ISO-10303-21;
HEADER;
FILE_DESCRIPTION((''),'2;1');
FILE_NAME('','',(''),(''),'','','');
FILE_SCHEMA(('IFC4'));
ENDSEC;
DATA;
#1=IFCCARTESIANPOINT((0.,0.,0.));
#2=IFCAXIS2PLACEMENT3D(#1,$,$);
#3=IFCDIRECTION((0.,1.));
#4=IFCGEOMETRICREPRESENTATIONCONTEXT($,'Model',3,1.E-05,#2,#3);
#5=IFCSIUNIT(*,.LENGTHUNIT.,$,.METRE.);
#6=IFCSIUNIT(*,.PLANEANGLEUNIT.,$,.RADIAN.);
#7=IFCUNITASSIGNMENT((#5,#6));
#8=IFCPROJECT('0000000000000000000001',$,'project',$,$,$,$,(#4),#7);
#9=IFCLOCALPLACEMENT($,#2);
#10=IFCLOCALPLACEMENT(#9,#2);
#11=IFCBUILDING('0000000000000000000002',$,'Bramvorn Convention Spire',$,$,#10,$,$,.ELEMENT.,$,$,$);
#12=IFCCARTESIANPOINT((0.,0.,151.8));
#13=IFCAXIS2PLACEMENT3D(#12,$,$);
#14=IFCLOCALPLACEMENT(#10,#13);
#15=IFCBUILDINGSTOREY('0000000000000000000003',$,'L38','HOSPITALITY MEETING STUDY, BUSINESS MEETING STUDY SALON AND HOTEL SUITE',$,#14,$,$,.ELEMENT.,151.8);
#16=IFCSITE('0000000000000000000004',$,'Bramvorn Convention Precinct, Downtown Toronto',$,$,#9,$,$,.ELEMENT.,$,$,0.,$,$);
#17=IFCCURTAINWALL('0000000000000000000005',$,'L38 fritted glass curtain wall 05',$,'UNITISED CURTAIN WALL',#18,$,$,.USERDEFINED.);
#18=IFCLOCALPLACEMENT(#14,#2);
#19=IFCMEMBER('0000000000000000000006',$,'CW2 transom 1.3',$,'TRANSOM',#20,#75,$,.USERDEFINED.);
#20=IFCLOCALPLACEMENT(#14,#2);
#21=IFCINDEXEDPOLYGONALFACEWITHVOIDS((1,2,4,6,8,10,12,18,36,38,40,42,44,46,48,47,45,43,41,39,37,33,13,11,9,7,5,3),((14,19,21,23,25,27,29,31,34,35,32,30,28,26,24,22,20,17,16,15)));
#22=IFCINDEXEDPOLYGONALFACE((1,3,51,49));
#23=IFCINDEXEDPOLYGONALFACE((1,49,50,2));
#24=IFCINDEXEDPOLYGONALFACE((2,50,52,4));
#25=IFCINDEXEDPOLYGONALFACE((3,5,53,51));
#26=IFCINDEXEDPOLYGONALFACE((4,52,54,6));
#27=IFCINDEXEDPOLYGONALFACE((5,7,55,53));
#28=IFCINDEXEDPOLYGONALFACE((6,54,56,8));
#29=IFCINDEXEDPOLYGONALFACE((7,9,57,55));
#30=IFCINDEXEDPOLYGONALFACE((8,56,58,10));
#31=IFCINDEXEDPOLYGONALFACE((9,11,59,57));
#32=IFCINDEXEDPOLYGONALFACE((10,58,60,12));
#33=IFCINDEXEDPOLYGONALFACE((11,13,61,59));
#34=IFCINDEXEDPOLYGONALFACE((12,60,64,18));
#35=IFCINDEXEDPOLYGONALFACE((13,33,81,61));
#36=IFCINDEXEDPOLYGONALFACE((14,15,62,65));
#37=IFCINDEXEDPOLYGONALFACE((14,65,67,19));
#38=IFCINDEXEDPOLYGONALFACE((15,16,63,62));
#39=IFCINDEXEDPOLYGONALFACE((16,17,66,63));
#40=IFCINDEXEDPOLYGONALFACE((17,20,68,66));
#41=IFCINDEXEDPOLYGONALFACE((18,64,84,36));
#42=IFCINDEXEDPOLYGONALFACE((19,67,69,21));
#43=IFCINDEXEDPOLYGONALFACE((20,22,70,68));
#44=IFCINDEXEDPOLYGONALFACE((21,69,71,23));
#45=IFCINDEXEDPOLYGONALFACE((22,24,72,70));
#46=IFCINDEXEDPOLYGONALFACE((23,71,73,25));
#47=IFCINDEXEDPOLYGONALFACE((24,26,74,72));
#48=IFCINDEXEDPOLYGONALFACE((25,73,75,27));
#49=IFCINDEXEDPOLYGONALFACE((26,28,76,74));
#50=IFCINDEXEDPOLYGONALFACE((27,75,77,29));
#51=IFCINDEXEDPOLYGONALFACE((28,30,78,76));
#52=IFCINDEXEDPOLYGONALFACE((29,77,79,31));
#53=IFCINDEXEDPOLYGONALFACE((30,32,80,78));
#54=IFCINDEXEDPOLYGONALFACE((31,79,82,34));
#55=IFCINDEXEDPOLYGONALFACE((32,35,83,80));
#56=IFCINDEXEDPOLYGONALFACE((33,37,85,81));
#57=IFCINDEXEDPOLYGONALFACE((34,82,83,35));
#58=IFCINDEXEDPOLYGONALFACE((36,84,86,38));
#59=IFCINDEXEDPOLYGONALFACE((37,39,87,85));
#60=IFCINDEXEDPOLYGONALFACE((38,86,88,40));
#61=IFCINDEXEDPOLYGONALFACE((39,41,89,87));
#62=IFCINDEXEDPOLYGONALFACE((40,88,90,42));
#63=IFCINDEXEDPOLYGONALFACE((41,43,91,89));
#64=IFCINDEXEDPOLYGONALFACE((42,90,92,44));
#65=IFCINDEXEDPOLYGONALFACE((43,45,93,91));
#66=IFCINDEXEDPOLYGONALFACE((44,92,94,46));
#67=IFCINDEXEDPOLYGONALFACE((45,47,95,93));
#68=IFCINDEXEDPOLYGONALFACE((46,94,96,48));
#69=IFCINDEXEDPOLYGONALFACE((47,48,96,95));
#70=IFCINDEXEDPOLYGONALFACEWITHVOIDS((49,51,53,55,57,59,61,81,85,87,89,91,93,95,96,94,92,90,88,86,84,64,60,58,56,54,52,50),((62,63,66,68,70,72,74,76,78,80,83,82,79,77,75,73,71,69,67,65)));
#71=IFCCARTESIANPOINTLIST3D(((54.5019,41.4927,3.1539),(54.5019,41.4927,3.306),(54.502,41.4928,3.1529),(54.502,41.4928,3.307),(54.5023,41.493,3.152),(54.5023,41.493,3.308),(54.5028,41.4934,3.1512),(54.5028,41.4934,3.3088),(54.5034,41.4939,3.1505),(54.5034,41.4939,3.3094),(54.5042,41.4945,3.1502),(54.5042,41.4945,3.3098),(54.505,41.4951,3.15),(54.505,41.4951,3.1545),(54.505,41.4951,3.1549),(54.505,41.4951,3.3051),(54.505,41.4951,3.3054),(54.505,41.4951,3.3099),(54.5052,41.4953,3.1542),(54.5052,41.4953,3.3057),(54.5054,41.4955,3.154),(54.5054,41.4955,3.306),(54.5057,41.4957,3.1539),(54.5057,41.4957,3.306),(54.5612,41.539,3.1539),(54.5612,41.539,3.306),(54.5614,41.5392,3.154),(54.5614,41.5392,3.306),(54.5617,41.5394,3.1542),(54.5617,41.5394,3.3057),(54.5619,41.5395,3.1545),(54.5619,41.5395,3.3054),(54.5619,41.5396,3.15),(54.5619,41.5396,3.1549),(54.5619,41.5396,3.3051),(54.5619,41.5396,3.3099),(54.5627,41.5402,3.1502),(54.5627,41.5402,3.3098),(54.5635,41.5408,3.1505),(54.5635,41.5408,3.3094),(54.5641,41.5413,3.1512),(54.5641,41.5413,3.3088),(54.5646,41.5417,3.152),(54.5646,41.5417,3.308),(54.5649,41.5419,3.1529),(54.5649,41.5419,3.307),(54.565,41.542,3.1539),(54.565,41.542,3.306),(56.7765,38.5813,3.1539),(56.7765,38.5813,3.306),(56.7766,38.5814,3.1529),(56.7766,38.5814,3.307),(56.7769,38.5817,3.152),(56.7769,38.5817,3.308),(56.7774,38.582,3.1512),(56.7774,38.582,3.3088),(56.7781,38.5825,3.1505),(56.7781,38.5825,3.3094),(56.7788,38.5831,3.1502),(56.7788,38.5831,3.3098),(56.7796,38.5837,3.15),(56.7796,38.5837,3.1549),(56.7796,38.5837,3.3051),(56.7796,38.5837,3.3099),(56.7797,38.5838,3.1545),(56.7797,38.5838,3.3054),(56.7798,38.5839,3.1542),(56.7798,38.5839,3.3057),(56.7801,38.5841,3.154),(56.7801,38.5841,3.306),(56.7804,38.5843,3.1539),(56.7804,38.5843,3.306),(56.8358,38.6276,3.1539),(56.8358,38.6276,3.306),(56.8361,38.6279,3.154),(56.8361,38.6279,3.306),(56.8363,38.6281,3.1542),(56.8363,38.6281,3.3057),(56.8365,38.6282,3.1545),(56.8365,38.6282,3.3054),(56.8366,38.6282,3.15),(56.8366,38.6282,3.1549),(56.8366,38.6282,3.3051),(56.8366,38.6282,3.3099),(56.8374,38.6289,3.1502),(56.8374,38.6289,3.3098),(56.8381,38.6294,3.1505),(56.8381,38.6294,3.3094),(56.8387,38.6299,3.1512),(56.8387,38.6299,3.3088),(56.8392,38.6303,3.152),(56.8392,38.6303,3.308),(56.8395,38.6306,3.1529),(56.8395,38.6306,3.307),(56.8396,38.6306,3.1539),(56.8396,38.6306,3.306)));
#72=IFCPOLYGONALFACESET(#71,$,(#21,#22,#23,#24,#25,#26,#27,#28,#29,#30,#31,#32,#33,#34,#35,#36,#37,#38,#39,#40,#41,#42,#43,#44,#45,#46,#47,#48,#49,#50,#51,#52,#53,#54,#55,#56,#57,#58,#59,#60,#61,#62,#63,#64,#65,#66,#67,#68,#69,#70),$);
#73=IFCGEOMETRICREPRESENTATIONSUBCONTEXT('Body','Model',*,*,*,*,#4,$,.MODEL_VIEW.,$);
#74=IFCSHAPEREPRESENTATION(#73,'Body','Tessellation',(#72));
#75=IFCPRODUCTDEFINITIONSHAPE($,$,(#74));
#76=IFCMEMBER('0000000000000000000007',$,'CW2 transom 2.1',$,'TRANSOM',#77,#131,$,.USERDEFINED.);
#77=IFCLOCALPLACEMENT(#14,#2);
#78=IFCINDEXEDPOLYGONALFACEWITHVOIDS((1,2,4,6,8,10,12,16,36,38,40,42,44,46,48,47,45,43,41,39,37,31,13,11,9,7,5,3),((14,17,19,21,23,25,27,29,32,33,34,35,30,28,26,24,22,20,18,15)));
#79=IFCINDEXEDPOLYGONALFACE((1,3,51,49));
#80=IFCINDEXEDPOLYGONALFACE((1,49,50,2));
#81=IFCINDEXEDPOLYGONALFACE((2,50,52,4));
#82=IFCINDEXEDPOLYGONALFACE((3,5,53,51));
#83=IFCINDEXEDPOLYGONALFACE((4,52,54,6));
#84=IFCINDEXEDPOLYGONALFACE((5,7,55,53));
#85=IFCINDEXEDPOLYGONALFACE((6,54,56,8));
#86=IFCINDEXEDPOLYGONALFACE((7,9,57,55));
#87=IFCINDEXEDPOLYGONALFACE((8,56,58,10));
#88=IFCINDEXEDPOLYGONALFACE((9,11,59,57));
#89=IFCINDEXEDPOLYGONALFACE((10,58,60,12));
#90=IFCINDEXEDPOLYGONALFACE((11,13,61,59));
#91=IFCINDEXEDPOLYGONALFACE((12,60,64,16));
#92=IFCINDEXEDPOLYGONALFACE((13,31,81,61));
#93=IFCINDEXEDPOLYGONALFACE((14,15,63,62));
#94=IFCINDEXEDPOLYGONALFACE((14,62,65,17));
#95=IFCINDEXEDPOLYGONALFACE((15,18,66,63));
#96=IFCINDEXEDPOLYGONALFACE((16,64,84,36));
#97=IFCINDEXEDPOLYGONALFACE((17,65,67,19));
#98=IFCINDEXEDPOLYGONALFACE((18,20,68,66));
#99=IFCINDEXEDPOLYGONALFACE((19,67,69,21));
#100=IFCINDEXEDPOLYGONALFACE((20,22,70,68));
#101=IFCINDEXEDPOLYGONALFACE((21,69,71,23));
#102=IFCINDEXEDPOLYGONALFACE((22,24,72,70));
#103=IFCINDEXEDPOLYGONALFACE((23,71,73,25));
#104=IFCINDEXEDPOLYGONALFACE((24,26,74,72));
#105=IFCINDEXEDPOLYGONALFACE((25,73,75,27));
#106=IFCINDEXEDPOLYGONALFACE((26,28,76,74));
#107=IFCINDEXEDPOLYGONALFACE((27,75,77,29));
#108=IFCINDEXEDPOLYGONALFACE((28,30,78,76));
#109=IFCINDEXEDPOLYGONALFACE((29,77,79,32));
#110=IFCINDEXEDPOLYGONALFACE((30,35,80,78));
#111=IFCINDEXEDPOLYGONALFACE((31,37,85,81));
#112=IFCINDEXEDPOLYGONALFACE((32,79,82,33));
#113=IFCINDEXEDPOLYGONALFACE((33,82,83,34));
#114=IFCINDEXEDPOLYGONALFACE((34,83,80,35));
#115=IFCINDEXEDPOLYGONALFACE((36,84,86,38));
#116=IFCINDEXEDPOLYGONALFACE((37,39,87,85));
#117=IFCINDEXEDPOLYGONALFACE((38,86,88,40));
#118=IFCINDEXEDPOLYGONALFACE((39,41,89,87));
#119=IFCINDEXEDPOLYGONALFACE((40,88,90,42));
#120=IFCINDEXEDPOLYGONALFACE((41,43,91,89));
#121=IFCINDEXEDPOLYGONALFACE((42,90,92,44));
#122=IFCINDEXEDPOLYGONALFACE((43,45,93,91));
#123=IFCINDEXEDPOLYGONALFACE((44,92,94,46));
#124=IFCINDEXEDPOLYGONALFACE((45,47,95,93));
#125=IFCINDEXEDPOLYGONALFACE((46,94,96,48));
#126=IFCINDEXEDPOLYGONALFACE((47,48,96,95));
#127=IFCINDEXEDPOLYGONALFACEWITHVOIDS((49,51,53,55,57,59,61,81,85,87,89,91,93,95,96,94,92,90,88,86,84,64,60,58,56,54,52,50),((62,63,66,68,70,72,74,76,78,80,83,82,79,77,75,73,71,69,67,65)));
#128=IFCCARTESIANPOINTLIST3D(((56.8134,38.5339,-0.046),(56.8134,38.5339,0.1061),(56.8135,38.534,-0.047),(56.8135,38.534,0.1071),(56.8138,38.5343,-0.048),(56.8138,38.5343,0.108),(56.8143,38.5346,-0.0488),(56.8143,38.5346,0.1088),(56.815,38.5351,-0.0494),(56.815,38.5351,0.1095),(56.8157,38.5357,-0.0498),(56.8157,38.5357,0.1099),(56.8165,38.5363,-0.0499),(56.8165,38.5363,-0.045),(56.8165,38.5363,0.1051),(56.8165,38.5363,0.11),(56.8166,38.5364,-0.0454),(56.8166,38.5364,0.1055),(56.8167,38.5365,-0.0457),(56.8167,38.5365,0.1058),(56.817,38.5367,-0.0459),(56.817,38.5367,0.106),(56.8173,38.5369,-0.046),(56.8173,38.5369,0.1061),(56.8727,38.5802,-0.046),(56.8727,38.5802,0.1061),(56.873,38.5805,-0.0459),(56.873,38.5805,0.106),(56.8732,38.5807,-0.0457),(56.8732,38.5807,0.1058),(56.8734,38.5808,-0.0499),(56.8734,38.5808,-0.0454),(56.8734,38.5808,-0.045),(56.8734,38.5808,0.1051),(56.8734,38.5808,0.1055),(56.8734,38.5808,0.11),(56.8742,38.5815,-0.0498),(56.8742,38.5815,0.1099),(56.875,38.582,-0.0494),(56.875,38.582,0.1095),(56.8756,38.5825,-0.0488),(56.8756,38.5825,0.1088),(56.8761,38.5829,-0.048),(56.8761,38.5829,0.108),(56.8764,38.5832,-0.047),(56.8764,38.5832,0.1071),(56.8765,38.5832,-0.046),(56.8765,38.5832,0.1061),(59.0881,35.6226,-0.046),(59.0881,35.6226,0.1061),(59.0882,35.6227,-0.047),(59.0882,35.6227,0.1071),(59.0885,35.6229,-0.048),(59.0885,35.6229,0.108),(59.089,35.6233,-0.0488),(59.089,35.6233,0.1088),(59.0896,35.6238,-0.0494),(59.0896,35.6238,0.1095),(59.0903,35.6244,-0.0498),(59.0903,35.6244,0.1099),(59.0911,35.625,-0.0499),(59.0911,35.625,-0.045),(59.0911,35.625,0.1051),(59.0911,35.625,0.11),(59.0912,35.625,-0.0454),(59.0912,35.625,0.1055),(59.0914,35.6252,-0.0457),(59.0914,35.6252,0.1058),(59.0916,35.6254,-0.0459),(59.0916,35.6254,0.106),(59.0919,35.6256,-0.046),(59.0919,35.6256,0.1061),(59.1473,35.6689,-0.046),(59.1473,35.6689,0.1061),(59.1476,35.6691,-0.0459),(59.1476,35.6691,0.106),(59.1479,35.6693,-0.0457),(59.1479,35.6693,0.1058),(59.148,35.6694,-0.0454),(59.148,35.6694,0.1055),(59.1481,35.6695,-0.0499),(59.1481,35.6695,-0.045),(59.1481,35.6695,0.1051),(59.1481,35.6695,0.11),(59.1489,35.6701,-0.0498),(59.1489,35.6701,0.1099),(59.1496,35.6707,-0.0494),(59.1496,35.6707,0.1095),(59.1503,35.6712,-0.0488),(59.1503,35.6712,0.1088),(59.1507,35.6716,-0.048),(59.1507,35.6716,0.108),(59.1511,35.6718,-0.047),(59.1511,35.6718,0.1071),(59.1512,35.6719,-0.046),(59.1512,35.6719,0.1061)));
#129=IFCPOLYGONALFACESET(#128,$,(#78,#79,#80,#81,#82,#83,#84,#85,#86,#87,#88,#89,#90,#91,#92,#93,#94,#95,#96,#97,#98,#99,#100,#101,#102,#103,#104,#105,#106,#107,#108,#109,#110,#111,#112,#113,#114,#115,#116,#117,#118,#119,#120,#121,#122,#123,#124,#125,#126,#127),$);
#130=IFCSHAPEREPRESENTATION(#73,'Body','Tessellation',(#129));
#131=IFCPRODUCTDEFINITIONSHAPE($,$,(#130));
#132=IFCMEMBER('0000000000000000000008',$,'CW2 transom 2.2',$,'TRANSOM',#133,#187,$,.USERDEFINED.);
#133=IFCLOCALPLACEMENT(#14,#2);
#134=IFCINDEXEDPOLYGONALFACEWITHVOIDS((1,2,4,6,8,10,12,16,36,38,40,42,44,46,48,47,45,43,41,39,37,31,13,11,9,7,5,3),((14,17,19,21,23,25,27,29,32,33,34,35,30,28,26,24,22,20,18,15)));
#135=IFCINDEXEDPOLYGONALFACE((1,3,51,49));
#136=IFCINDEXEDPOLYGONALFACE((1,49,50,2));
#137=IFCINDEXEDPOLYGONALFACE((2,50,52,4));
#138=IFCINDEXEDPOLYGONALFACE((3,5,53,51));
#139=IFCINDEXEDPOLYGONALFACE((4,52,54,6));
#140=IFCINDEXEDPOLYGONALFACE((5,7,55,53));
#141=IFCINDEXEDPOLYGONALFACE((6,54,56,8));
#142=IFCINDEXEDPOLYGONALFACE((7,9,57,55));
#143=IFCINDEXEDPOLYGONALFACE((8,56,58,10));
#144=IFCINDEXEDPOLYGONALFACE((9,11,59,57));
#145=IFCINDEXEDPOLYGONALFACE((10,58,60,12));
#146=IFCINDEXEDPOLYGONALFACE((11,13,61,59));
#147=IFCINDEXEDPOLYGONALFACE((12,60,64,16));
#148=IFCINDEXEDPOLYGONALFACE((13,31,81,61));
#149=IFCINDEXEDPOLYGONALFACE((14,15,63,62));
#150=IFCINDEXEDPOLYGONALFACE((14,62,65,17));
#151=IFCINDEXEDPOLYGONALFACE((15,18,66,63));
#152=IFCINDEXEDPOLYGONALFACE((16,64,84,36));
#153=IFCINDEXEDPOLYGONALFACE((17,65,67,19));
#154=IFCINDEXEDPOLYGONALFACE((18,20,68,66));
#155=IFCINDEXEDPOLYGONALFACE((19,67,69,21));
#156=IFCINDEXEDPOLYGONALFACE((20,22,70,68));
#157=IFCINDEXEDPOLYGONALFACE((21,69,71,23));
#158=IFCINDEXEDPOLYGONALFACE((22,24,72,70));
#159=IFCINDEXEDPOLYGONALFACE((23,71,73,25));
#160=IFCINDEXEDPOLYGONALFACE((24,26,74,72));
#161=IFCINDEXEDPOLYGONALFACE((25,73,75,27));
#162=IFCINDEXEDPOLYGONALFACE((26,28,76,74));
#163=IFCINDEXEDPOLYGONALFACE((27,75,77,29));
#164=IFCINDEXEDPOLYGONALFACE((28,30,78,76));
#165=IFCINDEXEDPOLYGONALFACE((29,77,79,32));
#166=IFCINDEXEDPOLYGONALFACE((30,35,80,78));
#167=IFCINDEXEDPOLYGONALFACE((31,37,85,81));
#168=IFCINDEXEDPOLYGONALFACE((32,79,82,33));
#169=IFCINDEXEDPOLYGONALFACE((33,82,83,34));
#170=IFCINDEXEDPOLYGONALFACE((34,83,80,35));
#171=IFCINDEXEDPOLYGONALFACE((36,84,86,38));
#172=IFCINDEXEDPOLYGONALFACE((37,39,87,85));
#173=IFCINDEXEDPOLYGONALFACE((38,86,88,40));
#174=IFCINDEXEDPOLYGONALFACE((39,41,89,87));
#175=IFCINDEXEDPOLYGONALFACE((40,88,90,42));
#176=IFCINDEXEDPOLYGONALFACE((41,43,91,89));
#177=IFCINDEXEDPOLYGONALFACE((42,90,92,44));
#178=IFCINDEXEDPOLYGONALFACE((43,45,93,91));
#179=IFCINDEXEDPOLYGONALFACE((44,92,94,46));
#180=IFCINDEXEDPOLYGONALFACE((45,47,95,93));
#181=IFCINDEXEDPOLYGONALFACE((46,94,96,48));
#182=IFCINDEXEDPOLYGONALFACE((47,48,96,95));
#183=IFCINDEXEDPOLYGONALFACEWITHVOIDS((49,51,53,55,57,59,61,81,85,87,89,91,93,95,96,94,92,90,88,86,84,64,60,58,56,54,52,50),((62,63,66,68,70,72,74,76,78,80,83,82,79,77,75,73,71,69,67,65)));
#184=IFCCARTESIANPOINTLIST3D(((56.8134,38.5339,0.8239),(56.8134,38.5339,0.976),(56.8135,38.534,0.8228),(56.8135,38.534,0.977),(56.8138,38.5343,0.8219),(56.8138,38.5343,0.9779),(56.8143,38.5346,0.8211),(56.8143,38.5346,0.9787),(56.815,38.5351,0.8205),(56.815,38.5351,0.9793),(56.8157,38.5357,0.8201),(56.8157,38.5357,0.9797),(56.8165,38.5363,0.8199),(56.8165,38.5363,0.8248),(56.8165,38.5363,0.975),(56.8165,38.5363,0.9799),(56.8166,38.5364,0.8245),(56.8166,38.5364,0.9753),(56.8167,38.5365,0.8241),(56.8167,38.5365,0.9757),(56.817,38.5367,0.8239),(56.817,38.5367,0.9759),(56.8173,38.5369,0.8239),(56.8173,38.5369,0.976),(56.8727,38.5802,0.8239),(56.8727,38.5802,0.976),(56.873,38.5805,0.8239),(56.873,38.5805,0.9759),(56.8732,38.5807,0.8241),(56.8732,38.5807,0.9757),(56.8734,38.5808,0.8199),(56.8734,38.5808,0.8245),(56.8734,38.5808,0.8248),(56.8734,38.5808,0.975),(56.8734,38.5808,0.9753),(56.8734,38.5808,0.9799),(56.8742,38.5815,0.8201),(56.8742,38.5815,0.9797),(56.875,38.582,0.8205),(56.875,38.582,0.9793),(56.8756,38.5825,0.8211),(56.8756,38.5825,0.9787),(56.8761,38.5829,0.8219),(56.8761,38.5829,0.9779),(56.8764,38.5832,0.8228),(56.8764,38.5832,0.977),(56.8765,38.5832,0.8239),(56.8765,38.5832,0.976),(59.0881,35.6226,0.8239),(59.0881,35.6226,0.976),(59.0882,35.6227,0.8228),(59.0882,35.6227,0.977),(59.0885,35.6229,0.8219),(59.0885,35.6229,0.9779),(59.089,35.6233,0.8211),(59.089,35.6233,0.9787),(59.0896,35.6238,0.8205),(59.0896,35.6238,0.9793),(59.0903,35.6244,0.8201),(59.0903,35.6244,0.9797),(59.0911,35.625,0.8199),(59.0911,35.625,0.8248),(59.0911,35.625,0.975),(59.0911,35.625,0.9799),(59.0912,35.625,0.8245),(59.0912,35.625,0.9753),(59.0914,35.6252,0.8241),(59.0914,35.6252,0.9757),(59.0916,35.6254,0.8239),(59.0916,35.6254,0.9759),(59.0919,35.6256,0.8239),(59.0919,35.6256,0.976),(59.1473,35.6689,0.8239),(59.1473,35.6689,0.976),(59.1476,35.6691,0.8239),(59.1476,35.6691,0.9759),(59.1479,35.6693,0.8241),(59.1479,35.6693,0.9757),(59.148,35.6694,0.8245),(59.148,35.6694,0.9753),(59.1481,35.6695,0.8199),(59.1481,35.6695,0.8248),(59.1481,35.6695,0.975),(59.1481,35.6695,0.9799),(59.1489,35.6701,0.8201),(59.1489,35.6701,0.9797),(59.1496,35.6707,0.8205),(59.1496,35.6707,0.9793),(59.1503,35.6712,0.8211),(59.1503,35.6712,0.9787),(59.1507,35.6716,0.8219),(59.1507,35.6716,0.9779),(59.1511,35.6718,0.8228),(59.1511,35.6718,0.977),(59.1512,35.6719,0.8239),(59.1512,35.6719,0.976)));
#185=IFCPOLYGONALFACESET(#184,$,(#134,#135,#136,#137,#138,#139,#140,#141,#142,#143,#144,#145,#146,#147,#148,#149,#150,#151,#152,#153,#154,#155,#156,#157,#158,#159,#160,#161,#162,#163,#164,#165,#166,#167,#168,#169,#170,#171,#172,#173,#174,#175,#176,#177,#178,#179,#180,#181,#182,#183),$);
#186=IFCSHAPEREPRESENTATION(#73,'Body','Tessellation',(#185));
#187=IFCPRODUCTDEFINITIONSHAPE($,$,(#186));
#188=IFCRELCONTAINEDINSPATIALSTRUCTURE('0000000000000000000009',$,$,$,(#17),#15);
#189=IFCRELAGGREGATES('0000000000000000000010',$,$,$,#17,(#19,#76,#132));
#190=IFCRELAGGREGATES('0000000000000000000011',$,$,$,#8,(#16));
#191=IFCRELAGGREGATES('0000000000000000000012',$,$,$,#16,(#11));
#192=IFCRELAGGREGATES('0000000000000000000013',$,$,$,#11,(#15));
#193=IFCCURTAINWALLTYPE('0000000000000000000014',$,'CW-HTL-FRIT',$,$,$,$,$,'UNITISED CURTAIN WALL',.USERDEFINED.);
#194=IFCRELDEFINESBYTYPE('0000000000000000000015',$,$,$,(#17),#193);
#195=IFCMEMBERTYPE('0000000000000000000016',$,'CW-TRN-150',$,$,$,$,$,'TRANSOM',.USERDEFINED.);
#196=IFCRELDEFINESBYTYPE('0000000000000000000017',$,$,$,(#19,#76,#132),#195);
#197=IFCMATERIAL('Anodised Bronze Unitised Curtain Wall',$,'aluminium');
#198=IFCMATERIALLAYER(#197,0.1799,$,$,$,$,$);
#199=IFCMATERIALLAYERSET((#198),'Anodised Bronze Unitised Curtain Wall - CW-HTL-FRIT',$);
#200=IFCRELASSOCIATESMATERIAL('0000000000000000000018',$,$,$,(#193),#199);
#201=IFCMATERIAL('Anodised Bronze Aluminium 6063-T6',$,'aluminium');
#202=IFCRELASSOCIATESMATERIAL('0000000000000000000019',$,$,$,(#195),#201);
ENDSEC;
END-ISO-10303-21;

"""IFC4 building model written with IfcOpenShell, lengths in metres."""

from ifc_helpers import new_model, si_unit, direction, frame, origin, origin_2d, place, context, subcontext, project, spatial, hollow_rectangle, extrude, material, layer, layer_set, material_profile, profile_set, type_object, element, aggregate, save


model = new_model("IFC4")

# Units and contexts
model_context = context("Model", 3, precision=1e-05, world=origin(), true_north=direction((0.0, 1.0)))
body_context = subcontext(model_context, "Body", "Model", "MODEL_VIEW")
ifc_project = project(units=[si_unit("LENGTHUNIT", "METRE"), si_unit("PLANEANGLEUNIT", "RADIAN")], contexts=[model_context])

# Site, building, storey
site_placement = place(None, origin())
site = spatial("IfcSite", under=ifc_project, at=site_placement, Name="Bramvorn Convention Precinct, Downtown Toronto", CompositionType="ELEMENT", RefElevation=0.0)
building_placement = place(site_placement, origin())
building = spatial("IfcBuilding", under=site, at=building_placement, Name="Bramvorn Convention Spire", CompositionType="ELEMENT")
storey_placement = place(building_placement, frame((0.0, 0.0, 151.8)))
storey = spatial("IfcBuildingStorey", under=building, at=storey_placement, Name="L38", Description="HOSPITALITY MEETING STUDY, BUSINESS MEETING STUDY SALON AND HOTEL SUITE", CompositionType="ELEMENT", Elevation=151.8)

# Curtain wall
ifc_material_1 = material(Name="Anodised Bronze Unitised Curtain Wall", Category="aluminium")
ifc_layer_1 = layer(ifc_material_1, 0.1799)
ifc_layer_set_1 = layer_set([ifc_layer_1], Name="Anodised Bronze Unitised Curtain Wall - CW-HTL-FRIT")
curtain_wall_type = type_object("IfcCurtainWallType", Name="CW-HTL-FRIT", ElementType="UNITISED CURTAIN WALL", PredefinedType="USERDEFINED", material=ifc_layer_set_1)
curtain_wall_1_placement = place(storey_placement, origin())
curtain_wall_1 = element("IfcCurtainWall", 1, at=curtain_wall_1_placement, inside=storey, type_object=curtain_wall_type, Name="L38 fritted glass curtain wall 05", ObjectType="UNITISED CURTAIN WALL", PredefinedType="USERDEFINED")
ifc_material_2 = material(Name="Anodised Bronze Aluminium 6063-T6", Category="aluminium")

# Members
ifc_material_profile_1 = material_profile(ifc_material_2, hollow_rectangle(XDim=0.0801, YDim=0.1599, WallThickness=0.0039, InnerFilletRadius=0.001, OuterFilletRadius=0.0039, at=origin_2d()))
ifc_profile_set_1 = profile_set([ifc_material_profile_1], Name="Anodised Bronze Aluminium 6063-T6 - CWT80X160")
member_type_1 = type_object("IfcMemberType", Name="CW-TRN-150", ElementType="TRANSOM", PredefinedType="USERDEFINED", material=ifc_profile_set_1)
member_1_placement = place(storey_placement, frame((54.5334, 41.5173, 3.23), z_axis=(0.615668, -0.788005, 0.0), x_axis=(0.788005, 0.615668, 0.0)))
member_1 = element("IfcMember", 2, at=member_1_placement, type_object=member_type_1, Name="CW2 transom 1.3", ObjectType="TRANSOM", PredefinedType="USERDEFINED", context=body_context, shape_type="SweptSolid", body=[
    extrude(hollow_rectangle(XDim=0.0801, YDim=0.1599, WallThickness=0.0039, InnerFilletRadius=0.001, OuterFilletRadius=0.0039, at=origin_2d()), origin(), (0.0, 0.0, 1.0), 3.6946),
])
member_2_placement = place(storey_placement, frame((56.845, 38.5586, 0.03), z_axis=(0.615668, -0.788005, 0.0), x_axis=(0.788005, 0.615668, 0.0)))
member_2 = element("IfcMember", 3, at=member_2_placement, type_object=member_type_1, Name="CW2 transom 2.1", ObjectType="TRANSOM", PredefinedType="USERDEFINED", context=body_context, shape_type="SweptSolid", body=[
    extrude(hollow_rectangle(XDim=0.0801, YDim=0.1599, WallThickness=0.0039, InnerFilletRadius=0.001, OuterFilletRadius=0.0039, at=origin_2d()), origin(), (0.0, 0.0, 1.0), 3.6946),
])
member_3_placement = place(storey_placement, frame((56.845, 38.5586, 0.8999), z_axis=(0.615668, -0.788005, 0.0), x_axis=(0.788005, 0.615668, 0.0)))
member_3 = element("IfcMember", 4, at=member_3_placement, type_object=member_type_1, Name="CW2 transom 2.2", ObjectType="TRANSOM", PredefinedType="USERDEFINED", context=body_context, shape_type="SweptSolid", body=[
    extrude(hollow_rectangle(XDim=0.0801, YDim=0.1599, WallThickness=0.0039, InnerFilletRadius=0.001, OuterFilletRadius=0.0039, at=origin_2d()), origin(), (0.0, 0.0, 1.0), 3.6946),
])

aggregate(curtain_wall_1, [member_1, member_2, member_3])

save(model, "model.ifc")
